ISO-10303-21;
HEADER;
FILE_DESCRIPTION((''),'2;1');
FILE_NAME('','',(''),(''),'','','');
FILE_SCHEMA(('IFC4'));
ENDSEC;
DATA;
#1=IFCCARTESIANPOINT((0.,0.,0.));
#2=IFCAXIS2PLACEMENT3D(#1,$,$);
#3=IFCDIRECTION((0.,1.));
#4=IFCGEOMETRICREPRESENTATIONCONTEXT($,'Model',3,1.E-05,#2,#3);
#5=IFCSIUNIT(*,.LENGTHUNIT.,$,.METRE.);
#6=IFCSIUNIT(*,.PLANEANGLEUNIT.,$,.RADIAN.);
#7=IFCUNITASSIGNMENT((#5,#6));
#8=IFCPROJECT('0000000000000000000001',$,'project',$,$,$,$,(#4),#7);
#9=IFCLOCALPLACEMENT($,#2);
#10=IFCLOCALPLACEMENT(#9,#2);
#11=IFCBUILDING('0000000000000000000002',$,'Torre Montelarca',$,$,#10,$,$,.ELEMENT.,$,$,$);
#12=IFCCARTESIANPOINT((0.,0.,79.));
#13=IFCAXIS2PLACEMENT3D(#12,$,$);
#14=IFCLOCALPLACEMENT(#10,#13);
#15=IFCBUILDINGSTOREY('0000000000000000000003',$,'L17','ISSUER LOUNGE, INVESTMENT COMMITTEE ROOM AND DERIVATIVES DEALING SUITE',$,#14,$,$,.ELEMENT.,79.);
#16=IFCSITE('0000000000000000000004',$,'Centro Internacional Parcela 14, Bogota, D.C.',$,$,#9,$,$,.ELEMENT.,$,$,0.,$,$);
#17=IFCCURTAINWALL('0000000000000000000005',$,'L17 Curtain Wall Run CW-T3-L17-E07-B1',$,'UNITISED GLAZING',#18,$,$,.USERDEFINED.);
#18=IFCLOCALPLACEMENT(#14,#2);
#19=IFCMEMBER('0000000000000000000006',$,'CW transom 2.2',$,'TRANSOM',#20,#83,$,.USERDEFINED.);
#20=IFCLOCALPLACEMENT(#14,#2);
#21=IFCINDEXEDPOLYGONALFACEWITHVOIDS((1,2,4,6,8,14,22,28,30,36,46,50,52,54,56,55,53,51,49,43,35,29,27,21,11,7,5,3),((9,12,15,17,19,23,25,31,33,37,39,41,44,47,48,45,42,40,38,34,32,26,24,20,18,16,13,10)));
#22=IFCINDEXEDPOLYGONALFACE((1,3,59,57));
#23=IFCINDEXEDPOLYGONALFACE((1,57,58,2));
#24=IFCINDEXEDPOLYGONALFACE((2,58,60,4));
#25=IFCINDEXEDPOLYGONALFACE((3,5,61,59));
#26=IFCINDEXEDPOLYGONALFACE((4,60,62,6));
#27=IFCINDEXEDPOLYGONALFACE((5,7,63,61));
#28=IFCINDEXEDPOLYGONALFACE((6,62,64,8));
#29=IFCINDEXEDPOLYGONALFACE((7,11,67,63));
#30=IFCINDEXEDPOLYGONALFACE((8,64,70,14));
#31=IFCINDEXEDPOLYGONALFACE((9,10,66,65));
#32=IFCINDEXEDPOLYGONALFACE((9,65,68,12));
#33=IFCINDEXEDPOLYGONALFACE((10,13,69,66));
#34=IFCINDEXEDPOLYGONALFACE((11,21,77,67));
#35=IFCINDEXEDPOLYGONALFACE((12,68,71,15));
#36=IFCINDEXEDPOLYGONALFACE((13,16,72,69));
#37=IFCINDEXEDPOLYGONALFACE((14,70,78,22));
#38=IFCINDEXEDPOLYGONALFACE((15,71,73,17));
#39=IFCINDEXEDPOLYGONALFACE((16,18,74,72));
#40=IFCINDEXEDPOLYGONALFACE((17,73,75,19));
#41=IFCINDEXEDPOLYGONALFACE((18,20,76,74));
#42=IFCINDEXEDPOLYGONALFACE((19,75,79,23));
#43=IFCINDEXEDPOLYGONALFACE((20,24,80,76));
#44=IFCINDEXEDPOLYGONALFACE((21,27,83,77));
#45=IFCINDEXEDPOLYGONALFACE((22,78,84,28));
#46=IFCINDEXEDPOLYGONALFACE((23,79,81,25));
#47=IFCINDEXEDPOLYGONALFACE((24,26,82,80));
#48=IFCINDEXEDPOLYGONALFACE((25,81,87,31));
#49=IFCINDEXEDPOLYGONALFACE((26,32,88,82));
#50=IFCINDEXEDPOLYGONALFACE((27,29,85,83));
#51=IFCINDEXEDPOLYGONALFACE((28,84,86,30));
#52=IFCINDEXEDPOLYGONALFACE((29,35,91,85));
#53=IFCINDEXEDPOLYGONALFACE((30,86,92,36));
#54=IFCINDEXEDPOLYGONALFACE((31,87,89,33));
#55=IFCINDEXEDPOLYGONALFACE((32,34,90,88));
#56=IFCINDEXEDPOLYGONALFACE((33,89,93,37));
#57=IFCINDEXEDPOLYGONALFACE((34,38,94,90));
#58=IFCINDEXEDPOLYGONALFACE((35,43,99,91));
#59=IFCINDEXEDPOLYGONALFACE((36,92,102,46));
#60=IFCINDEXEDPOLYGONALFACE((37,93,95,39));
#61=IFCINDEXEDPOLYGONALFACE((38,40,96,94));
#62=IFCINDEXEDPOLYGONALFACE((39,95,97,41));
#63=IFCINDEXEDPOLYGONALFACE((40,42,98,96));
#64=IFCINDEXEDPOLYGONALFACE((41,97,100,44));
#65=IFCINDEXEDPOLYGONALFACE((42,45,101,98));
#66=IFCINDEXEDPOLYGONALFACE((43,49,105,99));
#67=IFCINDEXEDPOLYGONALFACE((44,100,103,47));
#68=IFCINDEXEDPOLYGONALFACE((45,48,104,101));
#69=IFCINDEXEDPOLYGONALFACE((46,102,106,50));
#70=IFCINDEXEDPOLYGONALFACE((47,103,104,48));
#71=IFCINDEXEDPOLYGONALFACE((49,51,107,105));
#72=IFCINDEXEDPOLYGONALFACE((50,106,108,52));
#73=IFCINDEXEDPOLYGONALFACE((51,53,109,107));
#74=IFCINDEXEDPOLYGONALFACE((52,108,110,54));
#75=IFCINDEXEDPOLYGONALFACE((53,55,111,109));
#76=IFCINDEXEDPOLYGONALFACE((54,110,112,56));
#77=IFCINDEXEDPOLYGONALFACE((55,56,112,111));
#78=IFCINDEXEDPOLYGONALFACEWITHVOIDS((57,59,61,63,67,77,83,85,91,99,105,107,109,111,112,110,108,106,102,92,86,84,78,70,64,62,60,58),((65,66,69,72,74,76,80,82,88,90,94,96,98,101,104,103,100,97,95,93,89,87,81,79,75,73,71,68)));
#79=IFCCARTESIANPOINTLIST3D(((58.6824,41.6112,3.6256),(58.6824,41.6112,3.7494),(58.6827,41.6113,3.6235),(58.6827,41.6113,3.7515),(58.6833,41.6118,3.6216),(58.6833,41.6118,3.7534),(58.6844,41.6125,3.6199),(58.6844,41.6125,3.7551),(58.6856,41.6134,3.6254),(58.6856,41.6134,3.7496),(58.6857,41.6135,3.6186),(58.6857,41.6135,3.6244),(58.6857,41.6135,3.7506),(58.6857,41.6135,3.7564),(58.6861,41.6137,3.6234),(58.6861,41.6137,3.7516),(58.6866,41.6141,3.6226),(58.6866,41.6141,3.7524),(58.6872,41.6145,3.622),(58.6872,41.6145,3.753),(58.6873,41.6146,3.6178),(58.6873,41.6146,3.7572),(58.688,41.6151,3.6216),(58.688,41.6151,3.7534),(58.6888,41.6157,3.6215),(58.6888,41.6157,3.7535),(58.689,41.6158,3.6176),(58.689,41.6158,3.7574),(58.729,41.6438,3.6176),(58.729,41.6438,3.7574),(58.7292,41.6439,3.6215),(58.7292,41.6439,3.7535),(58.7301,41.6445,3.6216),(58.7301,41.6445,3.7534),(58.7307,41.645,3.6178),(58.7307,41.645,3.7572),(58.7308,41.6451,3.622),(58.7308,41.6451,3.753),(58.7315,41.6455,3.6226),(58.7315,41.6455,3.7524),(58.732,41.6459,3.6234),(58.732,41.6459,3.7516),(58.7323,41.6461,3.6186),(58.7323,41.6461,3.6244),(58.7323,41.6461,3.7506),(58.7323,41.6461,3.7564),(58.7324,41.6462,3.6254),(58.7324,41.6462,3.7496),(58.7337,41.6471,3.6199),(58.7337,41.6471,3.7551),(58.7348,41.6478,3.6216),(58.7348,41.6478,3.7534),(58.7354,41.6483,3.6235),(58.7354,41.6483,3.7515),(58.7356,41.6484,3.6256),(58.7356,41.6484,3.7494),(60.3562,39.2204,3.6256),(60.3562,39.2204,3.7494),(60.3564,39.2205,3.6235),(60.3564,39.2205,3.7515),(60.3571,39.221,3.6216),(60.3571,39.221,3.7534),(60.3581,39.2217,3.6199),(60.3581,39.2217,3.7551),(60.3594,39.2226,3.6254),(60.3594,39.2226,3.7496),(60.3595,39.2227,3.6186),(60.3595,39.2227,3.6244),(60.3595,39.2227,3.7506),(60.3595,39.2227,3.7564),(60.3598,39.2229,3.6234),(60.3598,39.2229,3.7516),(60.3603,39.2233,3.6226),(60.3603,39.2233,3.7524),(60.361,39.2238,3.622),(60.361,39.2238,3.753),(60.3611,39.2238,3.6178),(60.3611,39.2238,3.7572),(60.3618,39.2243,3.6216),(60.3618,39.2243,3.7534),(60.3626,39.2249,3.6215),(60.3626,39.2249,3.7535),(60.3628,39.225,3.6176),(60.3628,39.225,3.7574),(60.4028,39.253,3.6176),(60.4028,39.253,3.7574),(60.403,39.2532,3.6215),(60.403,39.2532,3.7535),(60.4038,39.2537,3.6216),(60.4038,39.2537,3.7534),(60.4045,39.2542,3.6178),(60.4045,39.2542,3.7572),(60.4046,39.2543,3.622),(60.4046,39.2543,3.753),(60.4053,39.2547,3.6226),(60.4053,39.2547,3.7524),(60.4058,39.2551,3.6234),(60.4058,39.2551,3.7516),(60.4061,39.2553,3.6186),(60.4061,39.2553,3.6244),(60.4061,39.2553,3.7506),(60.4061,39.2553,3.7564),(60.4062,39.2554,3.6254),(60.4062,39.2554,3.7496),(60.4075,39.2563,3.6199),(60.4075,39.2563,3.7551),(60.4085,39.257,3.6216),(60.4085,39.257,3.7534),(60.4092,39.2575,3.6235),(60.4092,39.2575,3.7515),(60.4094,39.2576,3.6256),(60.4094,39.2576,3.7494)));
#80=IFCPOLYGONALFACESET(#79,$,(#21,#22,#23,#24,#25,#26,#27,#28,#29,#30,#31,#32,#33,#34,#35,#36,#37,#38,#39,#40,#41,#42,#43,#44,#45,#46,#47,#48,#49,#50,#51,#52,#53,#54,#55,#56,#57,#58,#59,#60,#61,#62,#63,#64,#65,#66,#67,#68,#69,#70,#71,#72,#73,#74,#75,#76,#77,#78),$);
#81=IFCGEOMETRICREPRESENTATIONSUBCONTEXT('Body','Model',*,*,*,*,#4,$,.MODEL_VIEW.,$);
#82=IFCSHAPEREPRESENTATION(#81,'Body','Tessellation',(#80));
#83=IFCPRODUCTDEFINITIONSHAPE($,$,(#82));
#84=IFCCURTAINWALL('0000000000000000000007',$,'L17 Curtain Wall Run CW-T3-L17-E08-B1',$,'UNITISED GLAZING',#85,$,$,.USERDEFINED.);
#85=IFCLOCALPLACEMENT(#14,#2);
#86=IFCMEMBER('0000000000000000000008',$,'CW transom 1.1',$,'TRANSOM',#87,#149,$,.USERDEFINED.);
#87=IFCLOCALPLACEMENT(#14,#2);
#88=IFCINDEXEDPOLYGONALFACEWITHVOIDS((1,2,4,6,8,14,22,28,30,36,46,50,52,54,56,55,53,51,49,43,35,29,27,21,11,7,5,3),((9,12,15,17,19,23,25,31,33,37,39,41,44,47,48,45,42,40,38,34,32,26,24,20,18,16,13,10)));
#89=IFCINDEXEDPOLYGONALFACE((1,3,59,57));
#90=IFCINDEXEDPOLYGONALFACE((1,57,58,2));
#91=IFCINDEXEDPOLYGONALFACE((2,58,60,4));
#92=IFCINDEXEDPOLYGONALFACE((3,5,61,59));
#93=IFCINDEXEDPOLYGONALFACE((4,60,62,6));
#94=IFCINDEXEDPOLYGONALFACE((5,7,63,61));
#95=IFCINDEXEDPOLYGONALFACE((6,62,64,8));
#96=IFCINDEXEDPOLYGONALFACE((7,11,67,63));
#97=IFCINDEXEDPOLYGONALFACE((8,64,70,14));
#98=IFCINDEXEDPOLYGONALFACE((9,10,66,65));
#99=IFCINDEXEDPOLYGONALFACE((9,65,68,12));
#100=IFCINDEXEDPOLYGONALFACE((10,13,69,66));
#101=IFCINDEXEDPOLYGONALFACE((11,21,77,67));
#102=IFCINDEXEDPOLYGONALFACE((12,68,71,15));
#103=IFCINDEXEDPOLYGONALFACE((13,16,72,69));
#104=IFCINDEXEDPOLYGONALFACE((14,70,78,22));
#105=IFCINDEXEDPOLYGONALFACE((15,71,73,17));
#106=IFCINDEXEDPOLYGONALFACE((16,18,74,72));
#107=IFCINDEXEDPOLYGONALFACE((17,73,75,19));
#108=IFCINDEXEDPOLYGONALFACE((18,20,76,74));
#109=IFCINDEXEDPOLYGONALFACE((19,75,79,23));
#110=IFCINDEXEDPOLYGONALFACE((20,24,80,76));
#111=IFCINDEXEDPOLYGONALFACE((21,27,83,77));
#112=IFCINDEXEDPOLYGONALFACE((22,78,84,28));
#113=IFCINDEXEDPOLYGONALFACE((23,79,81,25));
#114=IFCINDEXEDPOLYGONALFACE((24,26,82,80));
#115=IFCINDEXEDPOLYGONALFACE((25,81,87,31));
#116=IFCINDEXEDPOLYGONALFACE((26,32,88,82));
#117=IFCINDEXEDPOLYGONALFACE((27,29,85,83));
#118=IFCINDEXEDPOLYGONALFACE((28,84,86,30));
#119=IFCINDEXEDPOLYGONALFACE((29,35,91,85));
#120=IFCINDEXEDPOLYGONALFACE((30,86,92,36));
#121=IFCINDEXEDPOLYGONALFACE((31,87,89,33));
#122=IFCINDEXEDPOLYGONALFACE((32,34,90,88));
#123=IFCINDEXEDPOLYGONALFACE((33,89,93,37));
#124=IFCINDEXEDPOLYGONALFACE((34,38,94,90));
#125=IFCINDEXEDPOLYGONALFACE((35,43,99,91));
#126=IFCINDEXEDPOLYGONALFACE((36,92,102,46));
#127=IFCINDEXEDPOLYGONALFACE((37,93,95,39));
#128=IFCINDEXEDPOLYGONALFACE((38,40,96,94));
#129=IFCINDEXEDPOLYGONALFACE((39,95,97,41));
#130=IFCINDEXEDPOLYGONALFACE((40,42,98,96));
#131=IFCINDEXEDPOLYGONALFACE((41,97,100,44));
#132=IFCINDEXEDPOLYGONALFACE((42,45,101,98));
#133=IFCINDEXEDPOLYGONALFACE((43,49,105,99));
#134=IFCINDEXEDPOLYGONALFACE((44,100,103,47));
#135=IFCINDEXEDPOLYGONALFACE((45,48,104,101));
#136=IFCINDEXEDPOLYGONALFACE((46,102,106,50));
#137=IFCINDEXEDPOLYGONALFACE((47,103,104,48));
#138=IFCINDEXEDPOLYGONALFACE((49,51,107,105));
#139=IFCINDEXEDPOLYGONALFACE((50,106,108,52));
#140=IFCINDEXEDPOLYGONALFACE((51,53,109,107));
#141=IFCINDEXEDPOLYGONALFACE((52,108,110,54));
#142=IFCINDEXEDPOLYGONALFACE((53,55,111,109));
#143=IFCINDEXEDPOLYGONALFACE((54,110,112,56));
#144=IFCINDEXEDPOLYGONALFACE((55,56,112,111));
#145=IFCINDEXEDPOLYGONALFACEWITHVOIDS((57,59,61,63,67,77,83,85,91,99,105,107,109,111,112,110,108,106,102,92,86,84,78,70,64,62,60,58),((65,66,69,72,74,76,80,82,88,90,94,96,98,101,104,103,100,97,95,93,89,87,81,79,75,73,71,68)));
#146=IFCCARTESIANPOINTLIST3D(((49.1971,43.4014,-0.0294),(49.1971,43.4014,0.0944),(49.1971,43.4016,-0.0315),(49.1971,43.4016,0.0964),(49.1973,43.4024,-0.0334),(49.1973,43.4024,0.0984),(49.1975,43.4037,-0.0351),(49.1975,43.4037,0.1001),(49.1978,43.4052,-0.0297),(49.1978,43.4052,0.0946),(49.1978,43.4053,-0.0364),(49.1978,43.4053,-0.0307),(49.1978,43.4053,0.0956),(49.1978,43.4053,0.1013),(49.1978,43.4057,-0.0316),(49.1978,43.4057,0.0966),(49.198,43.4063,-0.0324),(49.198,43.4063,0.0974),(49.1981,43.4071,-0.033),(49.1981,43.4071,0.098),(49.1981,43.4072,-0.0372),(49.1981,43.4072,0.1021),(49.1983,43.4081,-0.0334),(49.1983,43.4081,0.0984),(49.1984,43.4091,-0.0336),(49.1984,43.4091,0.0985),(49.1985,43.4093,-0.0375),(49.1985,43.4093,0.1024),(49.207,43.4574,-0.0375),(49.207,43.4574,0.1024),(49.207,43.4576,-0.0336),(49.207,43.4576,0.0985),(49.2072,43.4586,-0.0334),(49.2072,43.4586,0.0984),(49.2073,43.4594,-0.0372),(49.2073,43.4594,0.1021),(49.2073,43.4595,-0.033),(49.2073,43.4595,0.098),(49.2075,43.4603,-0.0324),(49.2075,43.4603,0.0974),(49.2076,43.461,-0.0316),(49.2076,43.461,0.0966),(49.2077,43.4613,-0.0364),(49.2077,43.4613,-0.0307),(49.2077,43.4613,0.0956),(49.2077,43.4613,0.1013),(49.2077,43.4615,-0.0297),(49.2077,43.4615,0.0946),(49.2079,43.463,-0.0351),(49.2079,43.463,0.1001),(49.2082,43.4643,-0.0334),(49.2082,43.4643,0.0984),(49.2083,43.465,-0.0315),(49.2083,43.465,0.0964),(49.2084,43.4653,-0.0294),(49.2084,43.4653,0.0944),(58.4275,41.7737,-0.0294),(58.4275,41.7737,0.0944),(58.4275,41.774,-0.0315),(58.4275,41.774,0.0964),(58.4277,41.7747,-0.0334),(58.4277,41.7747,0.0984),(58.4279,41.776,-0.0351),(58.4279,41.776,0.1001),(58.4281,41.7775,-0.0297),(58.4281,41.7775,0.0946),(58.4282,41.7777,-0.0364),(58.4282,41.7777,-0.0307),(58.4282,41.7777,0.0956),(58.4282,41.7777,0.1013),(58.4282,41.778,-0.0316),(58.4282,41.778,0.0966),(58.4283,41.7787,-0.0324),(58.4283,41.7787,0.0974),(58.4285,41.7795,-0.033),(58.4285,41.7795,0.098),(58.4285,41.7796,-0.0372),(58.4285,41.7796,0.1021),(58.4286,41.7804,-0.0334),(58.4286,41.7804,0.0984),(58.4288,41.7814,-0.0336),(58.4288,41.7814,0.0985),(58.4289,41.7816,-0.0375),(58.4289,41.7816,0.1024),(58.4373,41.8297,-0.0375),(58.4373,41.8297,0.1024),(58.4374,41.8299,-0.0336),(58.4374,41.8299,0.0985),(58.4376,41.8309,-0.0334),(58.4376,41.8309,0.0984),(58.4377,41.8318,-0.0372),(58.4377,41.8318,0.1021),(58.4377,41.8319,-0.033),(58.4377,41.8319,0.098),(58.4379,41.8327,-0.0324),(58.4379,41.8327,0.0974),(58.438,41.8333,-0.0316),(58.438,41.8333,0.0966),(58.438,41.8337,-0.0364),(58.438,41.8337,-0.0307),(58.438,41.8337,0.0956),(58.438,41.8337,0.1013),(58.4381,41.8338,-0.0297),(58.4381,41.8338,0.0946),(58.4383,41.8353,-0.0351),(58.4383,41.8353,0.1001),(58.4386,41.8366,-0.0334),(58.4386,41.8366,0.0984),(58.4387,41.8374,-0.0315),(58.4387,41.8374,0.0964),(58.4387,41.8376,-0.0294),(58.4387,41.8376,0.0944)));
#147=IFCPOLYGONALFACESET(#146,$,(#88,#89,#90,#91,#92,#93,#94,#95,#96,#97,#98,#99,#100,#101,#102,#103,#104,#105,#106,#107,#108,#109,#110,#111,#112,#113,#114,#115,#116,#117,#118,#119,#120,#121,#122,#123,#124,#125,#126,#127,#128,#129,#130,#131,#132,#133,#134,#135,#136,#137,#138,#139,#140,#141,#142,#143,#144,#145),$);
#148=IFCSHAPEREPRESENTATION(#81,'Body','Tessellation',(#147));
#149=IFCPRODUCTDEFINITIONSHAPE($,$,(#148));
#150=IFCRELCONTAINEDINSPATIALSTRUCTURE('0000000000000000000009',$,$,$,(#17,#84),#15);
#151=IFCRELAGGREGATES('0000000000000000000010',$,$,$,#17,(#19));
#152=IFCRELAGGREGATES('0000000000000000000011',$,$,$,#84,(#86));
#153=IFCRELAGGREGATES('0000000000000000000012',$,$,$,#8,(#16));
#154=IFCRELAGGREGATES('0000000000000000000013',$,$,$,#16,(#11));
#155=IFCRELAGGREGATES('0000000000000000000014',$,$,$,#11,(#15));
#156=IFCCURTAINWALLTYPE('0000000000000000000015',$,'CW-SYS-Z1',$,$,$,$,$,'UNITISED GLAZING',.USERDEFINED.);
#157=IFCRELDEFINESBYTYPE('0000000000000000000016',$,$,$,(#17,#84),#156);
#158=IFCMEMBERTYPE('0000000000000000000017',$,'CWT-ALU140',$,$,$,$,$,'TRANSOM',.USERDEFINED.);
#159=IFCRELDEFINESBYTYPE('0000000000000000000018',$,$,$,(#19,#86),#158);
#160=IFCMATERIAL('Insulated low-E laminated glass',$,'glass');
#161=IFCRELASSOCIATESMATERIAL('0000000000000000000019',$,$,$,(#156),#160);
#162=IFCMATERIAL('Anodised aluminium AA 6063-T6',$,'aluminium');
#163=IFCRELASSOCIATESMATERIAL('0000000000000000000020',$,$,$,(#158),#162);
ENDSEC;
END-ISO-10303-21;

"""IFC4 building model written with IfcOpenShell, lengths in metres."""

from ifc_helpers import new_model, si_unit, direction, frame, origin, origin_2d, place, context, subcontext, project, spatial, hollow_rectangle, extrude, source, transform, mapped, material, material_profile, profile_set, type_object, element, aggregate, save


model = new_model("IFC4")

# Units and contexts
model_context = context("Model", 3, precision=1e-05, world=origin(), true_north=direction((0.0, 1.0)))
body_context = subcontext(model_context, "Body", "Model", "MODEL_VIEW")
ifc_project = project(units=[si_unit("LENGTHUNIT", "METRE"), si_unit("PLANEANGLEUNIT", "RADIAN")], contexts=[model_context])

# Site, building, storey
site_placement = place(None, origin())
site = spatial("IfcSite", under=ifc_project, at=site_placement, Name="Centro Internacional Parcela 14, Bogota, D.C.", CompositionType="ELEMENT", RefElevation=0.0)
building_placement = place(site_placement, origin())
building = spatial("IfcBuilding", under=site, at=building_placement, Name="Torre Montelarca", CompositionType="ELEMENT")
storey_placement = place(building_placement, frame((0.0, 0.0, 79.0)))
storey = spatial("IfcBuildingStorey", under=building, at=storey_placement, Name="L17", Description="ISSUER LOUNGE, INVESTMENT COMMITTEE ROOM AND DERIVATIVES DEALING SUITE", CompositionType="ELEMENT", Elevation=79.0)

# Curtain walls, members
ifc_material_1 = material(Name="Insulated low-E laminated glass", Category="glass")
curtain_wall_type = type_object("IfcCurtainWallType", Name="CW-SYS-Z1", ElementType="UNITISED GLAZING", PredefinedType="USERDEFINED", material=ifc_material_1)
curtain_wall_1_placement = place(storey_placement, origin())
curtain_wall_1 = element("IfcCurtainWall", 1, at=curtain_wall_1_placement, inside=storey, type_object=curtain_wall_type, Name="L17 Curtain Wall Run CW-T3-L17-E07-B1", ObjectType="UNITISED GLAZING", PredefinedType="USERDEFINED")
ifc_material_2 = material(Name="Anodised aluminium AA 6063-T6", Category="aluminium")
ifc_material_profile_1 = material_profile(ifc_material_2, hollow_rectangle(XDim=0.0649, YDim=0.1399, WallThickness=0.0039, InnerFilletRadius=0.0039, OuterFilletRadius=0.0081, at=origin_2d()), Name="ALU65X140X4", Category="aluminium")
ifc_profile_set_1 = profile_set([ifc_material_profile_1], Name="Anodised aluminium AA 6063-T6")
member_type_1 = type_object("IfcMemberType", Name="CWT-ALU140", ElementType="TRANSOM", PredefinedType="USERDEFINED", material=ifc_profile_set_1)
shared_shape_1 = source(origin(), body_context, "Body", "SweptSolid", [
    extrude(hollow_rectangle(XDim=0.0649, YDim=0.1399, WallThickness=0.0039, InnerFilletRadius=0.0039, OuterFilletRadius=0.0081, at=origin_2d()), origin(), (0.0, 0.0, 1.0), 2.9185),
])
member_1_placement = place(storey_placement, frame((60.3828, 39.239, 3.6875), z_axis=(-0.573513, 0.819197, 0.0), x_axis=(-0.819197, -0.573513, 0.0)))
member_1 = element("IfcMember", 2, at=member_1_placement, type_object=member_type_1, Name="CW transom 2.2", ObjectType="TRANSOM", PredefinedType="USERDEFINED", context=body_context, shape_type="MappedRepresentation", body=[
    mapped(shared_shape_1, transform((0.0, 0.0, 0.0), scale=1.0)),
])
curtain_wall_2_placement = place(storey_placement, origin())
curtain_wall_2 = element("IfcCurtainWall", 3, at=curtain_wall_2_placement, inside=storey, type_object=curtain_wall_type, Name="L17 Curtain Wall Run CW-T3-L17-E08-B1", ObjectType="UNITISED GLAZING", PredefinedType="USERDEFINED")
shared_shape_2 = source(origin(), body_context, "Body", "SweptSolid", [
    extrude(hollow_rectangle(XDim=0.0649, YDim=0.1399, WallThickness=0.0039, InnerFilletRadius=0.0039, OuterFilletRadius=0.0081, at=origin_2d()), origin(), (0.0, 0.0, 1.0), 9.3728),
])
member_2_placement = place(storey_placement, frame((58.4331, 41.8057, 0.0325), z_axis=(-0.984806, 0.173659, 0.0), x_axis=(-0.173659, -0.984806, 0.0)))
member_2 = element("IfcMember", 4, at=member_2_placement, type_object=member_type_1, Name="CW transom 1.1", ObjectType="TRANSOM", PredefinedType="USERDEFINED", context=body_context, shape_type="MappedRepresentation", body=[
    mapped(shared_shape_2, transform((0.0, 0.0, 0.0), scale=1.0)),
])

aggregate(curtain_wall_1, [member_1])
aggregate(curtain_wall_2, [member_2])

save(model, "model.ifc")
